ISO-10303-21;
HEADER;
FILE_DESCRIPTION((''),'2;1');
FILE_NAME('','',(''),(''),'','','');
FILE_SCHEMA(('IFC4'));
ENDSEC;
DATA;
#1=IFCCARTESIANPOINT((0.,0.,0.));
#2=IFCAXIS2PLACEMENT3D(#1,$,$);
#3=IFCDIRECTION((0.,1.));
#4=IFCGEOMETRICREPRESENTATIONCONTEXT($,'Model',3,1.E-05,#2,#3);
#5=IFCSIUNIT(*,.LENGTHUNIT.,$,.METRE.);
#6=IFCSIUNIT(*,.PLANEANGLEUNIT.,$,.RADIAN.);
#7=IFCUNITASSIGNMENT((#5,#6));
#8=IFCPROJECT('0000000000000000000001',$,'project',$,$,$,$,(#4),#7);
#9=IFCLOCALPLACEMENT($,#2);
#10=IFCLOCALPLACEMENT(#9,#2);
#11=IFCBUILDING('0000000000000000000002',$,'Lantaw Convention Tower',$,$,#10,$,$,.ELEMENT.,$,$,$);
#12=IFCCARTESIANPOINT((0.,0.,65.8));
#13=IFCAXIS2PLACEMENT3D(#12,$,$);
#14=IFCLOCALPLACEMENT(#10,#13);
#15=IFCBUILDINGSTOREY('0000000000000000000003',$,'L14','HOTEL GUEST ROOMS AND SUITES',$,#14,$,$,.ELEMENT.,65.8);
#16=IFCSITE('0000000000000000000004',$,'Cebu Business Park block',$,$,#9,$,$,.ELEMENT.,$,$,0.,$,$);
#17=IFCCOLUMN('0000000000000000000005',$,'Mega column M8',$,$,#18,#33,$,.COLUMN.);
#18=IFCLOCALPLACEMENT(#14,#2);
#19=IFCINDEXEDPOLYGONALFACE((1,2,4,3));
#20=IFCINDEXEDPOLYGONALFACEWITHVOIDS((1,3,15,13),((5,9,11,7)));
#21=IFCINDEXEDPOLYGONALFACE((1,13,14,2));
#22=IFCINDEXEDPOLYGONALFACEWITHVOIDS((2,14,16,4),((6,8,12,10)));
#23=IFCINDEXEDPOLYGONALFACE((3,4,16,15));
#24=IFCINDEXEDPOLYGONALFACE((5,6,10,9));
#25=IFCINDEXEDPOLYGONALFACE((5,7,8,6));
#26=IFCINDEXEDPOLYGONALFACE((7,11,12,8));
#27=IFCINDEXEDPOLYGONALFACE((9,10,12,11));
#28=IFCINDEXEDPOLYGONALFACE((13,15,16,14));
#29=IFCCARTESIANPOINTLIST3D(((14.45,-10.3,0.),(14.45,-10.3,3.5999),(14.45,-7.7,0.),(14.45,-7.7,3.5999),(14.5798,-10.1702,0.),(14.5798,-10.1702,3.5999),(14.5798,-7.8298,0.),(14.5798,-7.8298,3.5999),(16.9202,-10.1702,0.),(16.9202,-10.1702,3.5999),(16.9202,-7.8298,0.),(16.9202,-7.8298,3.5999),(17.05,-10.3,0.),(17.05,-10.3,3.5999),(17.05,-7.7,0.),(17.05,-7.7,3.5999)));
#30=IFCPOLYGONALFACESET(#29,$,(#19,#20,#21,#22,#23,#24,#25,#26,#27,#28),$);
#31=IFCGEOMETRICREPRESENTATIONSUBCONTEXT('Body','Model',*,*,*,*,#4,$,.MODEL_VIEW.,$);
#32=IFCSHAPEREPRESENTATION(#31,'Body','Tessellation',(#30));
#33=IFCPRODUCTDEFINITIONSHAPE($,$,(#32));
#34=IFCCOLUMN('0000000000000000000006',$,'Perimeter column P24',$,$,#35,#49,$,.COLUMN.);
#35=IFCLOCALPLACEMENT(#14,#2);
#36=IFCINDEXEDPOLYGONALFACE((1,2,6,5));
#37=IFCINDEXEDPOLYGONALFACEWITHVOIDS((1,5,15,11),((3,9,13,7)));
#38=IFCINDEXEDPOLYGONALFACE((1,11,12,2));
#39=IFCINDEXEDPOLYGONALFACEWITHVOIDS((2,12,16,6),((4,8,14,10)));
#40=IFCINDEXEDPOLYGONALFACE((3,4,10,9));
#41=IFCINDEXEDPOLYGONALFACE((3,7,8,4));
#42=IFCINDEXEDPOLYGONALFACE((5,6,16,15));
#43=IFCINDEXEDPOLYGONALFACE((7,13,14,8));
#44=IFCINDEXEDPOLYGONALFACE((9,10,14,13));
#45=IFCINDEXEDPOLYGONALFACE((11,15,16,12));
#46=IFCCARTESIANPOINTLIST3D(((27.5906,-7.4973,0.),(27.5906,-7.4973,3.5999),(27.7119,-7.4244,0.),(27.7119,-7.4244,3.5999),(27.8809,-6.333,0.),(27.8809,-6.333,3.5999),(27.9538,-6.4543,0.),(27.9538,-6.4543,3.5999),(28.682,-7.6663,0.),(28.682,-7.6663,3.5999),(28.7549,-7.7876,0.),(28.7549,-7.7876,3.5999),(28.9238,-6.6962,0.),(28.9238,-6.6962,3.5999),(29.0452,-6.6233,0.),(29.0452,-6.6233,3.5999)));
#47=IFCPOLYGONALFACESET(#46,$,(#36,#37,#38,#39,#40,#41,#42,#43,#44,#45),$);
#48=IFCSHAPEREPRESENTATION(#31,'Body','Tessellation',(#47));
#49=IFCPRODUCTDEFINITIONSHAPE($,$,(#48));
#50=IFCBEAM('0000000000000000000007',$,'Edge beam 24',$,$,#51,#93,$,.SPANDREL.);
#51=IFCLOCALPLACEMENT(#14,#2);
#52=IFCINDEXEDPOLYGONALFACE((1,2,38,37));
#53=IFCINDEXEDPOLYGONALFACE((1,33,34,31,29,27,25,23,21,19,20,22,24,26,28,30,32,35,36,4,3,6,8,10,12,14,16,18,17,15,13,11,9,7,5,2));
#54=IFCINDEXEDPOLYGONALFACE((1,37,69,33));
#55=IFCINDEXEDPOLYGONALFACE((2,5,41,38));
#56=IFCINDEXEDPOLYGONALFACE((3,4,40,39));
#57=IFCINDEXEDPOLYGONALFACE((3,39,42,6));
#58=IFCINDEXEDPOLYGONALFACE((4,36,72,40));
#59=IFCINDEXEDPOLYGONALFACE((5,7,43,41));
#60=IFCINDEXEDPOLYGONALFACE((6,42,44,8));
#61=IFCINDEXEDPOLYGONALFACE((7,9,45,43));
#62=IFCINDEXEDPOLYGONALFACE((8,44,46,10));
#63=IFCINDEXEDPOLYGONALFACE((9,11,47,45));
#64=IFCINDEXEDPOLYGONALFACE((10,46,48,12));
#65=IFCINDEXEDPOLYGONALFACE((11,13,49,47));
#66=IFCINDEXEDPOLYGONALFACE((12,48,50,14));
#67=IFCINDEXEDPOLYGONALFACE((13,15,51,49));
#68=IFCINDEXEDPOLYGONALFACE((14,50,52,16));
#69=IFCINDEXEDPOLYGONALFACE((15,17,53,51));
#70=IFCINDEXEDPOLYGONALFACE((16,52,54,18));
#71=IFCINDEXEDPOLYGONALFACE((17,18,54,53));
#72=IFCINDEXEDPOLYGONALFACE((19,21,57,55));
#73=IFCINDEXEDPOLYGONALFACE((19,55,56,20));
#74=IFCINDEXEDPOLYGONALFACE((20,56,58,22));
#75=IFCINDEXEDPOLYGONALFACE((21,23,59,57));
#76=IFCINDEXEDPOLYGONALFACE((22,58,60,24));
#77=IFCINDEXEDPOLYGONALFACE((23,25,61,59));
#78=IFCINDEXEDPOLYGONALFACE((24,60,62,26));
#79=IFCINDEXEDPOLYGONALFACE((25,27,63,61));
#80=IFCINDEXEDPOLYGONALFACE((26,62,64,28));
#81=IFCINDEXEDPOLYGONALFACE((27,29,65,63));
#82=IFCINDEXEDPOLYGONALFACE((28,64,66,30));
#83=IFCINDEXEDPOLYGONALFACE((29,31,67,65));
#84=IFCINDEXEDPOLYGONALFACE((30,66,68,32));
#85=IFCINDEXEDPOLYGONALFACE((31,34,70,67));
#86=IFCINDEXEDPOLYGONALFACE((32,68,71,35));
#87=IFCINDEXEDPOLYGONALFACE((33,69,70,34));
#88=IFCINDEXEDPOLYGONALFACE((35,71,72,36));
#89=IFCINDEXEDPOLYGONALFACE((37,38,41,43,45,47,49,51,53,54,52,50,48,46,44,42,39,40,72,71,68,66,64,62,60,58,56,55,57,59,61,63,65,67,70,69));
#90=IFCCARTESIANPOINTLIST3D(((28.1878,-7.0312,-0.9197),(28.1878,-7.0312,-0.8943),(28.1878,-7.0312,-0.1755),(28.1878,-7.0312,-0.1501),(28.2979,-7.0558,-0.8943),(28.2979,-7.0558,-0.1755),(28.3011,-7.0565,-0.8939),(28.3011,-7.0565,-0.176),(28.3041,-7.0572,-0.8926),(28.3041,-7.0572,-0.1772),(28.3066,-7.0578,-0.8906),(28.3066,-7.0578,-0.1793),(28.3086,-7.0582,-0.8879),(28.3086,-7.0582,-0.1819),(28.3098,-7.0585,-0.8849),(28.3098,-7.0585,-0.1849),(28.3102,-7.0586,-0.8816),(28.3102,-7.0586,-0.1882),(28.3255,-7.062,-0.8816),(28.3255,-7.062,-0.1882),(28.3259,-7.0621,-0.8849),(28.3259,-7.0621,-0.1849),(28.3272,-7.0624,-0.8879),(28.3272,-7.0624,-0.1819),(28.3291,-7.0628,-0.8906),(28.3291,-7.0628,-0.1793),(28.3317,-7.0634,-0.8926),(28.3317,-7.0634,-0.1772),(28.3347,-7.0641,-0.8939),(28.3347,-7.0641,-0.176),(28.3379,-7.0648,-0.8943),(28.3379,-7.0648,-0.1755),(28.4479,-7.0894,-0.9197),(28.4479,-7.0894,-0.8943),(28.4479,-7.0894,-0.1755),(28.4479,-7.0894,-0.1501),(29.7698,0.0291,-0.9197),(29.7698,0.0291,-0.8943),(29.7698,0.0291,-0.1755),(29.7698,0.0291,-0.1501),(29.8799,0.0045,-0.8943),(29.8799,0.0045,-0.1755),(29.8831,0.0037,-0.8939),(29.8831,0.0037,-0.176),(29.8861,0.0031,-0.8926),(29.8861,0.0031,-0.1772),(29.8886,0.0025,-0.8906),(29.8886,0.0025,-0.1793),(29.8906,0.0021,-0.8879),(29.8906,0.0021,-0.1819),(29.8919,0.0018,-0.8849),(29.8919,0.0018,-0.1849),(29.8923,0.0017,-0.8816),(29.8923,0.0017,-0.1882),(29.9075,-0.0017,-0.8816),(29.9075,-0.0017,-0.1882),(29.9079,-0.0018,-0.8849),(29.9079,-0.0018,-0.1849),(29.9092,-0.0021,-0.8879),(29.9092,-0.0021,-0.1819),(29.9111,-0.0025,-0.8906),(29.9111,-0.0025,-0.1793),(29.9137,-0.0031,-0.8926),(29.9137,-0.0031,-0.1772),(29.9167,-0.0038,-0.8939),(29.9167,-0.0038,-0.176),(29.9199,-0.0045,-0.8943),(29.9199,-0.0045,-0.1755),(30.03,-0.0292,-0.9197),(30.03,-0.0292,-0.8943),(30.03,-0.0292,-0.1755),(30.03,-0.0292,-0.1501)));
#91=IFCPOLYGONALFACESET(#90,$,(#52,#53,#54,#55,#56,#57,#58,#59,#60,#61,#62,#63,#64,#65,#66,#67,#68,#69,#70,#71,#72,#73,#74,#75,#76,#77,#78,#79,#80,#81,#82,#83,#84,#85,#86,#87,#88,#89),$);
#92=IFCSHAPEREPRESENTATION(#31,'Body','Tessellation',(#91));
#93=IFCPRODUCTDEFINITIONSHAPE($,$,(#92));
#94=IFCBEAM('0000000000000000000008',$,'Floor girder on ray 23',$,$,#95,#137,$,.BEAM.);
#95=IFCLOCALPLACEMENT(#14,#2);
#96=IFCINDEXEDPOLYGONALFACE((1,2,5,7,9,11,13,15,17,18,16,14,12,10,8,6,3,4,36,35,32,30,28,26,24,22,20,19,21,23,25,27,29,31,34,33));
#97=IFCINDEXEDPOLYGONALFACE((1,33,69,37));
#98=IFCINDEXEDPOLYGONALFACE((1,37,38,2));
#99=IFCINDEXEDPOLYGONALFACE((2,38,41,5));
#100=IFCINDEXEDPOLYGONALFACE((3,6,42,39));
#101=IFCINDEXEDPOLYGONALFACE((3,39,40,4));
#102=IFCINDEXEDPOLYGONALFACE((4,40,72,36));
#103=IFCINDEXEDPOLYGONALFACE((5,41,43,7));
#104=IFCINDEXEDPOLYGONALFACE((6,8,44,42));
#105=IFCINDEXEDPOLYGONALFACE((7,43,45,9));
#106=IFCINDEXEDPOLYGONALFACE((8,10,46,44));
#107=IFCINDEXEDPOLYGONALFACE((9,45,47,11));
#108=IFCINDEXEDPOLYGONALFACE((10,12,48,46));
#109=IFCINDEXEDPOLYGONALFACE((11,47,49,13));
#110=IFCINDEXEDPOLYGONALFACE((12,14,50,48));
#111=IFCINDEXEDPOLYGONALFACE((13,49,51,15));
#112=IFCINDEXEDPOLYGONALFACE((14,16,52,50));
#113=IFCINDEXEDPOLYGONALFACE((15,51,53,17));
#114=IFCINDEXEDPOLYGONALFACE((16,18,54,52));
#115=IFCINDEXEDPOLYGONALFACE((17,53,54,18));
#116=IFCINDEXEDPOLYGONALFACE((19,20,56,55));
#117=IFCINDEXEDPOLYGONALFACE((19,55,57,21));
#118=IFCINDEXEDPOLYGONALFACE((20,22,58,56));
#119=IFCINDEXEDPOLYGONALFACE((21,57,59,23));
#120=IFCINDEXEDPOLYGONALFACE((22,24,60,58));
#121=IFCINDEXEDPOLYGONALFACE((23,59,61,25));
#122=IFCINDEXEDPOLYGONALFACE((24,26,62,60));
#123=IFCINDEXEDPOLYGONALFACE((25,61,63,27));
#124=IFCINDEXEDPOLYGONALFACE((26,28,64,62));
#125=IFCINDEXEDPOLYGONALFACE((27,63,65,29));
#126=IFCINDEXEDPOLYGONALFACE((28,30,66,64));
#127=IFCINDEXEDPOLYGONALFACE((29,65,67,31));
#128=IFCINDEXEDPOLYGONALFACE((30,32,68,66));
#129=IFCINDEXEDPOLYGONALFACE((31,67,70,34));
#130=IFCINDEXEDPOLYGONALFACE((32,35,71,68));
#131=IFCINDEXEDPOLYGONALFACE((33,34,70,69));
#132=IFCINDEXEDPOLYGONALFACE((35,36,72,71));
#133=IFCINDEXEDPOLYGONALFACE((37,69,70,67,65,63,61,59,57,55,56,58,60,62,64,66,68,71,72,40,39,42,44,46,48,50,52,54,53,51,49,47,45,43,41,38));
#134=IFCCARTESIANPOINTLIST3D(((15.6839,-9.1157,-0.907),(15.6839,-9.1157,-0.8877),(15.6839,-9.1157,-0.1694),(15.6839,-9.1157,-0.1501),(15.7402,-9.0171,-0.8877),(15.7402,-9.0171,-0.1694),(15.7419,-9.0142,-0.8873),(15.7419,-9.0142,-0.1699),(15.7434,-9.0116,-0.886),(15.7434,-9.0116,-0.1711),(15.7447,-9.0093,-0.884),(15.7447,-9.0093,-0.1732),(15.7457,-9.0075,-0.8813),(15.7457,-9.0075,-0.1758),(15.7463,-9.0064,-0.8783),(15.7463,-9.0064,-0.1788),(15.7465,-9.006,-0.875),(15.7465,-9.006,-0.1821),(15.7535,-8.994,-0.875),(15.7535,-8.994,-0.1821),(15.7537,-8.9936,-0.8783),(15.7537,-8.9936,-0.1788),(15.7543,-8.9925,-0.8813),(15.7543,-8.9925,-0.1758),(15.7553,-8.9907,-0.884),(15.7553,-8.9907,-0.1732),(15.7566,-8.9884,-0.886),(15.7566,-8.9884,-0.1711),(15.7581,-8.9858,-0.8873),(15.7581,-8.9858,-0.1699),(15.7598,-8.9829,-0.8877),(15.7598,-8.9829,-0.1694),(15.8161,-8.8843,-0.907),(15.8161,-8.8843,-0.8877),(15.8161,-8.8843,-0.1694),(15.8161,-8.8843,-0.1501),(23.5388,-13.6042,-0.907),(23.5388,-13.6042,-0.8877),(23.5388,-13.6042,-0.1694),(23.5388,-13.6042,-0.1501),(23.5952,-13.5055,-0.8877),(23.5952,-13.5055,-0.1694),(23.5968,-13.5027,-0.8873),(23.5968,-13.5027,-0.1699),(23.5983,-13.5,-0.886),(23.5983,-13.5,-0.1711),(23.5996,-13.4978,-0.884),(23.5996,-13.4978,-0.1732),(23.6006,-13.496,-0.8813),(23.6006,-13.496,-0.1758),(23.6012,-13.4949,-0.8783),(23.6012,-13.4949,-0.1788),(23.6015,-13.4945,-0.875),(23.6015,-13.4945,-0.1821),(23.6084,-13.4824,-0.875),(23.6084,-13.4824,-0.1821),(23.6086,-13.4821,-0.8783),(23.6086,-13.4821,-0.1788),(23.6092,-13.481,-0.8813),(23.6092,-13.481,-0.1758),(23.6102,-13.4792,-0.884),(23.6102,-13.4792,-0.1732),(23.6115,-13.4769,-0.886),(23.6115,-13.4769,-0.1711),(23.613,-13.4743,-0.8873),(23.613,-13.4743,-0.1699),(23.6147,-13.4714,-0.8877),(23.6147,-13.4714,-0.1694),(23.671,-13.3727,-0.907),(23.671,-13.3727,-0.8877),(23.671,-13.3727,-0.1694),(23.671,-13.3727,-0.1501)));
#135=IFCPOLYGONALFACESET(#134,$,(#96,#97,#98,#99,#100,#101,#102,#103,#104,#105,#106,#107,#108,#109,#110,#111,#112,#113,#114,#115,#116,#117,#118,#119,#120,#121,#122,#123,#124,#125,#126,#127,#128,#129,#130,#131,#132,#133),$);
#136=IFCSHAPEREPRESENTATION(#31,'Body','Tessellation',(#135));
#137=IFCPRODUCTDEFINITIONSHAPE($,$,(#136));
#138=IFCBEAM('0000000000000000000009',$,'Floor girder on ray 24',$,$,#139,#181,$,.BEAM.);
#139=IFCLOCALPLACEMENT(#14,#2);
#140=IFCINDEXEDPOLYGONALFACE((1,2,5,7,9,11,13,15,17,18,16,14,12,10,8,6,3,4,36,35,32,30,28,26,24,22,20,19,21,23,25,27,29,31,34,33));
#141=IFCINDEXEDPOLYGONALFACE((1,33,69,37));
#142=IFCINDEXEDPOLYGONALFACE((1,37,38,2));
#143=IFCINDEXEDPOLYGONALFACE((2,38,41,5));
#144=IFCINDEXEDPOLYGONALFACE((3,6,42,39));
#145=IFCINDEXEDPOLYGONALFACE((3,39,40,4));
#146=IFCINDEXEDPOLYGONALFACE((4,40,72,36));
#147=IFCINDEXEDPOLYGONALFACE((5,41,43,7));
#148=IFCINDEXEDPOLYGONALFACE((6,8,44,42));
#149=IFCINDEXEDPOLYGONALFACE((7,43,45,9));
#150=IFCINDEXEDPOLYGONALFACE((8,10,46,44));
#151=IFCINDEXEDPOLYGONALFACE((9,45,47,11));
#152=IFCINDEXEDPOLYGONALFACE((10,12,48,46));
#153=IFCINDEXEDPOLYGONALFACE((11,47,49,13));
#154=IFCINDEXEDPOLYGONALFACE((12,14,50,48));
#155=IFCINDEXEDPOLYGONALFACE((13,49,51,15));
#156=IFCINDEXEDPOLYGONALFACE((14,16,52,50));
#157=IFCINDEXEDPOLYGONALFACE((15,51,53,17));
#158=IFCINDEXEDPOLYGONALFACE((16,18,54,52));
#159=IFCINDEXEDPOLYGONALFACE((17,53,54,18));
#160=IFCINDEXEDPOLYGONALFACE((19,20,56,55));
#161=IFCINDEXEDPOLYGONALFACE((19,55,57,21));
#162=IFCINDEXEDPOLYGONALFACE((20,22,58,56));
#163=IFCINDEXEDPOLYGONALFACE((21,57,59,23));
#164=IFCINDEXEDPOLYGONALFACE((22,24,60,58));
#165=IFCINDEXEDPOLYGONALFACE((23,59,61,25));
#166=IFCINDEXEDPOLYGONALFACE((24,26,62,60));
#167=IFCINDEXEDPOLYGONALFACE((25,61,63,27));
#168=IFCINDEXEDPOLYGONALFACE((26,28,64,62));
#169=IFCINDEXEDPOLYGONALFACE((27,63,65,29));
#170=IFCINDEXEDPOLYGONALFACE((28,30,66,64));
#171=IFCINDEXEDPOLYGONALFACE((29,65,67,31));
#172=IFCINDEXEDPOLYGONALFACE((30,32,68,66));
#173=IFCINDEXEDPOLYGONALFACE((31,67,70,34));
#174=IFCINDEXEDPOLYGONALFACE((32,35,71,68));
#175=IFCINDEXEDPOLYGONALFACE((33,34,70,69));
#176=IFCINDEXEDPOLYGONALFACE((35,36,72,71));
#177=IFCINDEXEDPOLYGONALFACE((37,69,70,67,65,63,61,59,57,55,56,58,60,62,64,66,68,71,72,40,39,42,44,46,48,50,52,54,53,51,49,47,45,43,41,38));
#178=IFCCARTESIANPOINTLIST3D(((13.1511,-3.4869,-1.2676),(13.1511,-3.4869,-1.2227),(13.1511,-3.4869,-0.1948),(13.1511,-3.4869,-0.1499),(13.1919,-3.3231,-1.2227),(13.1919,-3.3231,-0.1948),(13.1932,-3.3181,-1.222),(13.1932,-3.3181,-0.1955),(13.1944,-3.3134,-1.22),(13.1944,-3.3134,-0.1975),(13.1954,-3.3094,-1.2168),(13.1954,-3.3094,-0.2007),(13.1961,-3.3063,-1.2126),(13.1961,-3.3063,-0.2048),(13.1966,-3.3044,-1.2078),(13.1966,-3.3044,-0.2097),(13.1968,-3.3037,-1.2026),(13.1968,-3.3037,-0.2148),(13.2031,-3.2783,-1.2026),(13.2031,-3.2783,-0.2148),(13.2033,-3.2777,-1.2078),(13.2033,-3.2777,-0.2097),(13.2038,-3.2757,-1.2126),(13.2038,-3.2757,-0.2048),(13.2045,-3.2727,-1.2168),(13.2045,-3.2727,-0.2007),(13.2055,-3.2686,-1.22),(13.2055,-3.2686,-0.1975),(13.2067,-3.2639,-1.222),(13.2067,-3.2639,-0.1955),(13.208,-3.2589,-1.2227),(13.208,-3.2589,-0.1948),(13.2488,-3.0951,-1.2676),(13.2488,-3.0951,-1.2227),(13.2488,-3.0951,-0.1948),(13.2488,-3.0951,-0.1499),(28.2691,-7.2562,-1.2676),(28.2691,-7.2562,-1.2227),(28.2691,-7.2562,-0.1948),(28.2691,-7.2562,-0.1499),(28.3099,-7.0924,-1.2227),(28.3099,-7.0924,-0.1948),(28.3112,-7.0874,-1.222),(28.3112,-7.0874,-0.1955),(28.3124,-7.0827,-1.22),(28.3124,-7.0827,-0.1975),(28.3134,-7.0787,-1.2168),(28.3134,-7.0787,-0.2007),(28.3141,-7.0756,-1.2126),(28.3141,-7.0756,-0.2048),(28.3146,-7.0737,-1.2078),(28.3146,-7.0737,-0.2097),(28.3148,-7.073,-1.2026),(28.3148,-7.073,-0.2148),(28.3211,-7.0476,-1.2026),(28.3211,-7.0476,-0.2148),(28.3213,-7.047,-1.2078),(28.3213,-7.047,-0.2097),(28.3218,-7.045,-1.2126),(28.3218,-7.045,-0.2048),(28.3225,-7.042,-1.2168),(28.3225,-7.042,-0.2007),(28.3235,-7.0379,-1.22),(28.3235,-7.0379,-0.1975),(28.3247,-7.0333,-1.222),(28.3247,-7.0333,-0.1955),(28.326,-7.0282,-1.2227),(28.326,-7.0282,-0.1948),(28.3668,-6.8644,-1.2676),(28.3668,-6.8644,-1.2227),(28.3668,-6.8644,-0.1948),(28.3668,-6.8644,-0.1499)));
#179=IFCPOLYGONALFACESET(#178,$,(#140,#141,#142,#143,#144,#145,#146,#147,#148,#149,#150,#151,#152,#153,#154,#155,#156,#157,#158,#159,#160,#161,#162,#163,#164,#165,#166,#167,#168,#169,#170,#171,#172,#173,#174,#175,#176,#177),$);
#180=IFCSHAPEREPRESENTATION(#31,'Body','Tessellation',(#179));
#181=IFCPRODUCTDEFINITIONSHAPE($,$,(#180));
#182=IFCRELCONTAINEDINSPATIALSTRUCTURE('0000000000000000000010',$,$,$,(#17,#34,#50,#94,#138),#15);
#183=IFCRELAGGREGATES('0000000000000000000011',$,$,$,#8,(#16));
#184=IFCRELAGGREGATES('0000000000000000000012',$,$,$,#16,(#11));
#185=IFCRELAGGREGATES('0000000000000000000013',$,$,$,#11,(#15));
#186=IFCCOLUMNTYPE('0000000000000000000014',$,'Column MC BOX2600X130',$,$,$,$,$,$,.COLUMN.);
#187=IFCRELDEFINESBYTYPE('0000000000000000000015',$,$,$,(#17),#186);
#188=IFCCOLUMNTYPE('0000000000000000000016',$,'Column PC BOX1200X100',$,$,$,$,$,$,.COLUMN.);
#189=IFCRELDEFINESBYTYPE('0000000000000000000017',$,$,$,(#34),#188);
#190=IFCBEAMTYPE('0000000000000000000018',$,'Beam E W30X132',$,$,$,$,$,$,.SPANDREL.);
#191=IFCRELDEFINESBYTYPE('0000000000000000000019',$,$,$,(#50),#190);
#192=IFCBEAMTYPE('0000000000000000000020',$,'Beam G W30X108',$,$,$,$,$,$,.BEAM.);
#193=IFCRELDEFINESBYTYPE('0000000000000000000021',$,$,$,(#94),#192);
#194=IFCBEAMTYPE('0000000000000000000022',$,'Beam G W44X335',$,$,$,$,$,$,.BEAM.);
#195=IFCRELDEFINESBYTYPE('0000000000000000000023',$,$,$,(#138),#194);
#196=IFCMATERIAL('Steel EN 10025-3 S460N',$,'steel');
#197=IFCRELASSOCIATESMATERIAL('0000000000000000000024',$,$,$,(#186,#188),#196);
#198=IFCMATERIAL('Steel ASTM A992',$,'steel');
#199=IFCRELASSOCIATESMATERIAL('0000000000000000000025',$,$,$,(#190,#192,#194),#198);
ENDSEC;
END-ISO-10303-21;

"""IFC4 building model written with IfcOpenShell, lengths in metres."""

from ifc_helpers import new_model, si_unit, direction, frame, origin, origin_2d, place, context, subcontext, project, spatial, rectangle, hollow_rectangle, i_section, extrude, material, material_profile, profile_set, type_object, element, save


model = new_model("IFC4")

# Units and contexts
model_context = context("Model", 3, precision=1e-05, world=origin(), true_north=direction((0.0, 1.0)))
body_context = subcontext(model_context, "Body", "Model", "MODEL_VIEW")
ifc_project = project(units=[si_unit("LENGTHUNIT", "METRE"), si_unit("PLANEANGLEUNIT", "RADIAN")], contexts=[model_context])

# Site, building, storey
site_placement = place(None, origin())
site = spatial("IfcSite", under=ifc_project, at=site_placement, Name="Cebu Business Park block", CompositionType="ELEMENT", RefElevation=0.0)
building_placement = place(site_placement, origin())
building = spatial("IfcBuilding", under=site, at=building_placement, Name="Lantaw Convention Tower", CompositionType="ELEMENT")
storey_placement = place(building_placement, frame((0.0, 0.0, 65.8)))
storey = spatial("IfcBuildingStorey", under=building, at=storey_placement, Name="L14", Description="HOTEL GUEST ROOMS AND SUITES", CompositionType="ELEMENT", Elevation=65.8)

# Columns
ifc_material_1 = material(Name="Steel EN 10025-3 S460N", Category="steel")
ifc_material_profile_1 = material_profile(ifc_material_1, hollow_rectangle(XDim=2.6001, YDim=2.6001, WallThickness=0.1299, at=origin_2d()), Name="BOX2600X130")
ifc_material_2 = material(Name="Concrete C60/75", Category="concrete")
ifc_material_profile_2 = material_profile(ifc_material_2, rectangle(XDim=2.3401, YDim=2.3401, at=origin_2d()), Name="Concrete fill of BOX2600X130")
ifc_profile_set_1 = profile_set([ifc_material_profile_1, ifc_material_profile_2], Name="Steel EN 10025-3 S460N")
column_type_1 = type_object("IfcColumnType", Name="Column MC BOX2600X130", PredefinedType="COLUMN", material=ifc_profile_set_1)
column_1_placement = place(storey_placement, frame((15.75, -9.0, 0.0), z_axis=(0.0, 0.0, 1.0), x_axis=(1.0, 0.0, 0.0)))
element("IfcColumn", 1, at=column_1_placement, inside=storey, type_object=column_type_1, Name="Mega column M8", PredefinedType="COLUMN", context=body_context, shape_type="SweptSolid", body=[
    extrude(hollow_rectangle(XDim=2.6001, YDim=2.6001, WallThickness=0.1299, at=origin_2d()), origin(), (0.0, 0.0, 1.0), 3.5999),
])
ifc_material_profile_3 = material_profile(ifc_material_1, hollow_rectangle(XDim=1.2, YDim=1.2, WallThickness=0.1001, at=origin_2d()), Name="BOX1200X100")
ifc_material_profile_4 = material_profile(ifc_material_2, rectangle(XDim=1.0, YDim=1.0, at=origin_2d()), Name="Concrete fill of BOX1200X100")
ifc_profile_set_2 = profile_set([ifc_material_profile_3, ifc_material_profile_4], Name="Steel EN 10025-3 S460N")
column_type_2 = type_object("IfcColumnType", Name="Column PC BOX1200X100", PredefinedType="COLUMN", material=ifc_profile_set_2)
column_2_placement = place(storey_placement, frame((28.3179, -7.0603, 0.0), z_axis=(0.0, 0.0, 1.0), x_axis=(0.241922, 0.970296, 0.0)))
element("IfcColumn", 2, at=column_2_placement, inside=storey, type_object=column_type_2, Name="Perimeter column P24", PredefinedType="COLUMN", context=body_context, shape_type="SweptSolid", body=[
    extrude(hollow_rectangle(XDim=1.2, YDim=1.2, WallThickness=0.1001, at=origin_2d()), origin(), (0.0, 0.0, 1.0), 3.5999),
])

# Beams
ifc_material_3 = material(Name="Steel ASTM A992", Category="steel")
ifc_material_profile_5 = material_profile(ifc_material_3, i_section(OverallWidth=0.2666, OverallDepth=0.7695, WebThickness=0.0156, FlangeThickness=0.0254, FilletRadius=0.0127, at=origin_2d()), Name="W30X132")
ifc_profile_set_3 = profile_set([ifc_material_profile_5], Name="Steel ASTM A992")
beam_type_1 = type_object("IfcBeamType", Name="Beam E W30X132", PredefinedType="SPANDREL", material=ifc_profile_set_3)
beam_1_placement = place(storey_placement, frame((28.3179, -7.0603, -0.5349), z_axis=(0.218652, 0.975803, 0.0), x_axis=(-0.975803, 0.218652, 0.0)))
element("IfcBeam", 3, at=beam_1_placement, inside=storey, type_object=beam_type_1, Name="Edge beam 24", PredefinedType="SPANDREL", context=body_context, shape_type="SweptSolid", body=[
    extrude(i_section(OverallWidth=0.2666, OverallDepth=0.7695, WebThickness=0.0156, FlangeThickness=0.0254, FilletRadius=0.0127, at=origin_2d()), origin(), (0.0, 0.0, 1.0), 7.2354),
])
ifc_material_profile_6 = material_profile(ifc_material_3, i_section(OverallWidth=0.2666, OverallDepth=0.7568, WebThickness=0.0139, FlangeThickness=0.0193, FilletRadius=0.0127, at=origin_2d()), Name="W30X108")
ifc_profile_set_4 = profile_set([ifc_material_profile_6], Name="Steel ASTM A992")
beam_type_2 = type_object("IfcBeamType", Name="Beam G W30X108", PredefinedType="BEAM", material=ifc_profile_set_4)
beam_2_placement = place(storey_placement, frame((15.75, -9.0, -0.5286), z_axis=(0.868245, -0.496136, 0.0), x_axis=(0.496136, 0.868245, 0.0)))
element("IfcBeam", 4, at=beam_2_placement, inside=storey, type_object=beam_type_2, Name="Floor girder on ray 23", PredefinedType="BEAM", context=body_context, shape_type="SweptSolid", body=[
    extrude(i_section(OverallWidth=0.2666, OverallDepth=0.7568, WebThickness=0.0139, FlangeThickness=0.0193, FilletRadius=0.0127, at=origin_2d()), origin(), (0.0, 0.0, 1.0), 9.0469),
])
ifc_material_profile_7 = material_profile(ifc_material_3, i_section(OverallWidth=0.4038, OverallDepth=1.1177, WebThickness=0.0261, FlangeThickness=0.0449, FilletRadius=0.02, at=origin_2d()), Name="W44X335")
ifc_profile_set_5 = profile_set([ifc_material_profile_7], Name="Steel ASTM A992")
beam_type_3 = type_object("IfcBeamType", Name="Beam G W44X335", PredefinedType="BEAM", material=ifc_profile_set_5)
beam_3_placement = place(storey_placement, frame((13.2, -3.291, -0.7087), z_axis=(0.970296, -0.24192, 0.0), x_axis=(0.24192, 0.970296, 0.0)))
element("IfcBeam", 5, at=beam_3_placement, inside=storey, type_object=beam_type_3, Name="Floor girder on ray 24", PredefinedType="BEAM", context=body_context, shape_type="SweptSolid", body=[
    extrude(i_section(OverallWidth=0.4038, OverallDepth=1.1177, WebThickness=0.0261, FlangeThickness=0.0449, FilletRadius=0.02, at=origin_2d()), origin(), (0.0, 0.0, 1.0), 15.5808),
])

save(model, "model.ifc")
